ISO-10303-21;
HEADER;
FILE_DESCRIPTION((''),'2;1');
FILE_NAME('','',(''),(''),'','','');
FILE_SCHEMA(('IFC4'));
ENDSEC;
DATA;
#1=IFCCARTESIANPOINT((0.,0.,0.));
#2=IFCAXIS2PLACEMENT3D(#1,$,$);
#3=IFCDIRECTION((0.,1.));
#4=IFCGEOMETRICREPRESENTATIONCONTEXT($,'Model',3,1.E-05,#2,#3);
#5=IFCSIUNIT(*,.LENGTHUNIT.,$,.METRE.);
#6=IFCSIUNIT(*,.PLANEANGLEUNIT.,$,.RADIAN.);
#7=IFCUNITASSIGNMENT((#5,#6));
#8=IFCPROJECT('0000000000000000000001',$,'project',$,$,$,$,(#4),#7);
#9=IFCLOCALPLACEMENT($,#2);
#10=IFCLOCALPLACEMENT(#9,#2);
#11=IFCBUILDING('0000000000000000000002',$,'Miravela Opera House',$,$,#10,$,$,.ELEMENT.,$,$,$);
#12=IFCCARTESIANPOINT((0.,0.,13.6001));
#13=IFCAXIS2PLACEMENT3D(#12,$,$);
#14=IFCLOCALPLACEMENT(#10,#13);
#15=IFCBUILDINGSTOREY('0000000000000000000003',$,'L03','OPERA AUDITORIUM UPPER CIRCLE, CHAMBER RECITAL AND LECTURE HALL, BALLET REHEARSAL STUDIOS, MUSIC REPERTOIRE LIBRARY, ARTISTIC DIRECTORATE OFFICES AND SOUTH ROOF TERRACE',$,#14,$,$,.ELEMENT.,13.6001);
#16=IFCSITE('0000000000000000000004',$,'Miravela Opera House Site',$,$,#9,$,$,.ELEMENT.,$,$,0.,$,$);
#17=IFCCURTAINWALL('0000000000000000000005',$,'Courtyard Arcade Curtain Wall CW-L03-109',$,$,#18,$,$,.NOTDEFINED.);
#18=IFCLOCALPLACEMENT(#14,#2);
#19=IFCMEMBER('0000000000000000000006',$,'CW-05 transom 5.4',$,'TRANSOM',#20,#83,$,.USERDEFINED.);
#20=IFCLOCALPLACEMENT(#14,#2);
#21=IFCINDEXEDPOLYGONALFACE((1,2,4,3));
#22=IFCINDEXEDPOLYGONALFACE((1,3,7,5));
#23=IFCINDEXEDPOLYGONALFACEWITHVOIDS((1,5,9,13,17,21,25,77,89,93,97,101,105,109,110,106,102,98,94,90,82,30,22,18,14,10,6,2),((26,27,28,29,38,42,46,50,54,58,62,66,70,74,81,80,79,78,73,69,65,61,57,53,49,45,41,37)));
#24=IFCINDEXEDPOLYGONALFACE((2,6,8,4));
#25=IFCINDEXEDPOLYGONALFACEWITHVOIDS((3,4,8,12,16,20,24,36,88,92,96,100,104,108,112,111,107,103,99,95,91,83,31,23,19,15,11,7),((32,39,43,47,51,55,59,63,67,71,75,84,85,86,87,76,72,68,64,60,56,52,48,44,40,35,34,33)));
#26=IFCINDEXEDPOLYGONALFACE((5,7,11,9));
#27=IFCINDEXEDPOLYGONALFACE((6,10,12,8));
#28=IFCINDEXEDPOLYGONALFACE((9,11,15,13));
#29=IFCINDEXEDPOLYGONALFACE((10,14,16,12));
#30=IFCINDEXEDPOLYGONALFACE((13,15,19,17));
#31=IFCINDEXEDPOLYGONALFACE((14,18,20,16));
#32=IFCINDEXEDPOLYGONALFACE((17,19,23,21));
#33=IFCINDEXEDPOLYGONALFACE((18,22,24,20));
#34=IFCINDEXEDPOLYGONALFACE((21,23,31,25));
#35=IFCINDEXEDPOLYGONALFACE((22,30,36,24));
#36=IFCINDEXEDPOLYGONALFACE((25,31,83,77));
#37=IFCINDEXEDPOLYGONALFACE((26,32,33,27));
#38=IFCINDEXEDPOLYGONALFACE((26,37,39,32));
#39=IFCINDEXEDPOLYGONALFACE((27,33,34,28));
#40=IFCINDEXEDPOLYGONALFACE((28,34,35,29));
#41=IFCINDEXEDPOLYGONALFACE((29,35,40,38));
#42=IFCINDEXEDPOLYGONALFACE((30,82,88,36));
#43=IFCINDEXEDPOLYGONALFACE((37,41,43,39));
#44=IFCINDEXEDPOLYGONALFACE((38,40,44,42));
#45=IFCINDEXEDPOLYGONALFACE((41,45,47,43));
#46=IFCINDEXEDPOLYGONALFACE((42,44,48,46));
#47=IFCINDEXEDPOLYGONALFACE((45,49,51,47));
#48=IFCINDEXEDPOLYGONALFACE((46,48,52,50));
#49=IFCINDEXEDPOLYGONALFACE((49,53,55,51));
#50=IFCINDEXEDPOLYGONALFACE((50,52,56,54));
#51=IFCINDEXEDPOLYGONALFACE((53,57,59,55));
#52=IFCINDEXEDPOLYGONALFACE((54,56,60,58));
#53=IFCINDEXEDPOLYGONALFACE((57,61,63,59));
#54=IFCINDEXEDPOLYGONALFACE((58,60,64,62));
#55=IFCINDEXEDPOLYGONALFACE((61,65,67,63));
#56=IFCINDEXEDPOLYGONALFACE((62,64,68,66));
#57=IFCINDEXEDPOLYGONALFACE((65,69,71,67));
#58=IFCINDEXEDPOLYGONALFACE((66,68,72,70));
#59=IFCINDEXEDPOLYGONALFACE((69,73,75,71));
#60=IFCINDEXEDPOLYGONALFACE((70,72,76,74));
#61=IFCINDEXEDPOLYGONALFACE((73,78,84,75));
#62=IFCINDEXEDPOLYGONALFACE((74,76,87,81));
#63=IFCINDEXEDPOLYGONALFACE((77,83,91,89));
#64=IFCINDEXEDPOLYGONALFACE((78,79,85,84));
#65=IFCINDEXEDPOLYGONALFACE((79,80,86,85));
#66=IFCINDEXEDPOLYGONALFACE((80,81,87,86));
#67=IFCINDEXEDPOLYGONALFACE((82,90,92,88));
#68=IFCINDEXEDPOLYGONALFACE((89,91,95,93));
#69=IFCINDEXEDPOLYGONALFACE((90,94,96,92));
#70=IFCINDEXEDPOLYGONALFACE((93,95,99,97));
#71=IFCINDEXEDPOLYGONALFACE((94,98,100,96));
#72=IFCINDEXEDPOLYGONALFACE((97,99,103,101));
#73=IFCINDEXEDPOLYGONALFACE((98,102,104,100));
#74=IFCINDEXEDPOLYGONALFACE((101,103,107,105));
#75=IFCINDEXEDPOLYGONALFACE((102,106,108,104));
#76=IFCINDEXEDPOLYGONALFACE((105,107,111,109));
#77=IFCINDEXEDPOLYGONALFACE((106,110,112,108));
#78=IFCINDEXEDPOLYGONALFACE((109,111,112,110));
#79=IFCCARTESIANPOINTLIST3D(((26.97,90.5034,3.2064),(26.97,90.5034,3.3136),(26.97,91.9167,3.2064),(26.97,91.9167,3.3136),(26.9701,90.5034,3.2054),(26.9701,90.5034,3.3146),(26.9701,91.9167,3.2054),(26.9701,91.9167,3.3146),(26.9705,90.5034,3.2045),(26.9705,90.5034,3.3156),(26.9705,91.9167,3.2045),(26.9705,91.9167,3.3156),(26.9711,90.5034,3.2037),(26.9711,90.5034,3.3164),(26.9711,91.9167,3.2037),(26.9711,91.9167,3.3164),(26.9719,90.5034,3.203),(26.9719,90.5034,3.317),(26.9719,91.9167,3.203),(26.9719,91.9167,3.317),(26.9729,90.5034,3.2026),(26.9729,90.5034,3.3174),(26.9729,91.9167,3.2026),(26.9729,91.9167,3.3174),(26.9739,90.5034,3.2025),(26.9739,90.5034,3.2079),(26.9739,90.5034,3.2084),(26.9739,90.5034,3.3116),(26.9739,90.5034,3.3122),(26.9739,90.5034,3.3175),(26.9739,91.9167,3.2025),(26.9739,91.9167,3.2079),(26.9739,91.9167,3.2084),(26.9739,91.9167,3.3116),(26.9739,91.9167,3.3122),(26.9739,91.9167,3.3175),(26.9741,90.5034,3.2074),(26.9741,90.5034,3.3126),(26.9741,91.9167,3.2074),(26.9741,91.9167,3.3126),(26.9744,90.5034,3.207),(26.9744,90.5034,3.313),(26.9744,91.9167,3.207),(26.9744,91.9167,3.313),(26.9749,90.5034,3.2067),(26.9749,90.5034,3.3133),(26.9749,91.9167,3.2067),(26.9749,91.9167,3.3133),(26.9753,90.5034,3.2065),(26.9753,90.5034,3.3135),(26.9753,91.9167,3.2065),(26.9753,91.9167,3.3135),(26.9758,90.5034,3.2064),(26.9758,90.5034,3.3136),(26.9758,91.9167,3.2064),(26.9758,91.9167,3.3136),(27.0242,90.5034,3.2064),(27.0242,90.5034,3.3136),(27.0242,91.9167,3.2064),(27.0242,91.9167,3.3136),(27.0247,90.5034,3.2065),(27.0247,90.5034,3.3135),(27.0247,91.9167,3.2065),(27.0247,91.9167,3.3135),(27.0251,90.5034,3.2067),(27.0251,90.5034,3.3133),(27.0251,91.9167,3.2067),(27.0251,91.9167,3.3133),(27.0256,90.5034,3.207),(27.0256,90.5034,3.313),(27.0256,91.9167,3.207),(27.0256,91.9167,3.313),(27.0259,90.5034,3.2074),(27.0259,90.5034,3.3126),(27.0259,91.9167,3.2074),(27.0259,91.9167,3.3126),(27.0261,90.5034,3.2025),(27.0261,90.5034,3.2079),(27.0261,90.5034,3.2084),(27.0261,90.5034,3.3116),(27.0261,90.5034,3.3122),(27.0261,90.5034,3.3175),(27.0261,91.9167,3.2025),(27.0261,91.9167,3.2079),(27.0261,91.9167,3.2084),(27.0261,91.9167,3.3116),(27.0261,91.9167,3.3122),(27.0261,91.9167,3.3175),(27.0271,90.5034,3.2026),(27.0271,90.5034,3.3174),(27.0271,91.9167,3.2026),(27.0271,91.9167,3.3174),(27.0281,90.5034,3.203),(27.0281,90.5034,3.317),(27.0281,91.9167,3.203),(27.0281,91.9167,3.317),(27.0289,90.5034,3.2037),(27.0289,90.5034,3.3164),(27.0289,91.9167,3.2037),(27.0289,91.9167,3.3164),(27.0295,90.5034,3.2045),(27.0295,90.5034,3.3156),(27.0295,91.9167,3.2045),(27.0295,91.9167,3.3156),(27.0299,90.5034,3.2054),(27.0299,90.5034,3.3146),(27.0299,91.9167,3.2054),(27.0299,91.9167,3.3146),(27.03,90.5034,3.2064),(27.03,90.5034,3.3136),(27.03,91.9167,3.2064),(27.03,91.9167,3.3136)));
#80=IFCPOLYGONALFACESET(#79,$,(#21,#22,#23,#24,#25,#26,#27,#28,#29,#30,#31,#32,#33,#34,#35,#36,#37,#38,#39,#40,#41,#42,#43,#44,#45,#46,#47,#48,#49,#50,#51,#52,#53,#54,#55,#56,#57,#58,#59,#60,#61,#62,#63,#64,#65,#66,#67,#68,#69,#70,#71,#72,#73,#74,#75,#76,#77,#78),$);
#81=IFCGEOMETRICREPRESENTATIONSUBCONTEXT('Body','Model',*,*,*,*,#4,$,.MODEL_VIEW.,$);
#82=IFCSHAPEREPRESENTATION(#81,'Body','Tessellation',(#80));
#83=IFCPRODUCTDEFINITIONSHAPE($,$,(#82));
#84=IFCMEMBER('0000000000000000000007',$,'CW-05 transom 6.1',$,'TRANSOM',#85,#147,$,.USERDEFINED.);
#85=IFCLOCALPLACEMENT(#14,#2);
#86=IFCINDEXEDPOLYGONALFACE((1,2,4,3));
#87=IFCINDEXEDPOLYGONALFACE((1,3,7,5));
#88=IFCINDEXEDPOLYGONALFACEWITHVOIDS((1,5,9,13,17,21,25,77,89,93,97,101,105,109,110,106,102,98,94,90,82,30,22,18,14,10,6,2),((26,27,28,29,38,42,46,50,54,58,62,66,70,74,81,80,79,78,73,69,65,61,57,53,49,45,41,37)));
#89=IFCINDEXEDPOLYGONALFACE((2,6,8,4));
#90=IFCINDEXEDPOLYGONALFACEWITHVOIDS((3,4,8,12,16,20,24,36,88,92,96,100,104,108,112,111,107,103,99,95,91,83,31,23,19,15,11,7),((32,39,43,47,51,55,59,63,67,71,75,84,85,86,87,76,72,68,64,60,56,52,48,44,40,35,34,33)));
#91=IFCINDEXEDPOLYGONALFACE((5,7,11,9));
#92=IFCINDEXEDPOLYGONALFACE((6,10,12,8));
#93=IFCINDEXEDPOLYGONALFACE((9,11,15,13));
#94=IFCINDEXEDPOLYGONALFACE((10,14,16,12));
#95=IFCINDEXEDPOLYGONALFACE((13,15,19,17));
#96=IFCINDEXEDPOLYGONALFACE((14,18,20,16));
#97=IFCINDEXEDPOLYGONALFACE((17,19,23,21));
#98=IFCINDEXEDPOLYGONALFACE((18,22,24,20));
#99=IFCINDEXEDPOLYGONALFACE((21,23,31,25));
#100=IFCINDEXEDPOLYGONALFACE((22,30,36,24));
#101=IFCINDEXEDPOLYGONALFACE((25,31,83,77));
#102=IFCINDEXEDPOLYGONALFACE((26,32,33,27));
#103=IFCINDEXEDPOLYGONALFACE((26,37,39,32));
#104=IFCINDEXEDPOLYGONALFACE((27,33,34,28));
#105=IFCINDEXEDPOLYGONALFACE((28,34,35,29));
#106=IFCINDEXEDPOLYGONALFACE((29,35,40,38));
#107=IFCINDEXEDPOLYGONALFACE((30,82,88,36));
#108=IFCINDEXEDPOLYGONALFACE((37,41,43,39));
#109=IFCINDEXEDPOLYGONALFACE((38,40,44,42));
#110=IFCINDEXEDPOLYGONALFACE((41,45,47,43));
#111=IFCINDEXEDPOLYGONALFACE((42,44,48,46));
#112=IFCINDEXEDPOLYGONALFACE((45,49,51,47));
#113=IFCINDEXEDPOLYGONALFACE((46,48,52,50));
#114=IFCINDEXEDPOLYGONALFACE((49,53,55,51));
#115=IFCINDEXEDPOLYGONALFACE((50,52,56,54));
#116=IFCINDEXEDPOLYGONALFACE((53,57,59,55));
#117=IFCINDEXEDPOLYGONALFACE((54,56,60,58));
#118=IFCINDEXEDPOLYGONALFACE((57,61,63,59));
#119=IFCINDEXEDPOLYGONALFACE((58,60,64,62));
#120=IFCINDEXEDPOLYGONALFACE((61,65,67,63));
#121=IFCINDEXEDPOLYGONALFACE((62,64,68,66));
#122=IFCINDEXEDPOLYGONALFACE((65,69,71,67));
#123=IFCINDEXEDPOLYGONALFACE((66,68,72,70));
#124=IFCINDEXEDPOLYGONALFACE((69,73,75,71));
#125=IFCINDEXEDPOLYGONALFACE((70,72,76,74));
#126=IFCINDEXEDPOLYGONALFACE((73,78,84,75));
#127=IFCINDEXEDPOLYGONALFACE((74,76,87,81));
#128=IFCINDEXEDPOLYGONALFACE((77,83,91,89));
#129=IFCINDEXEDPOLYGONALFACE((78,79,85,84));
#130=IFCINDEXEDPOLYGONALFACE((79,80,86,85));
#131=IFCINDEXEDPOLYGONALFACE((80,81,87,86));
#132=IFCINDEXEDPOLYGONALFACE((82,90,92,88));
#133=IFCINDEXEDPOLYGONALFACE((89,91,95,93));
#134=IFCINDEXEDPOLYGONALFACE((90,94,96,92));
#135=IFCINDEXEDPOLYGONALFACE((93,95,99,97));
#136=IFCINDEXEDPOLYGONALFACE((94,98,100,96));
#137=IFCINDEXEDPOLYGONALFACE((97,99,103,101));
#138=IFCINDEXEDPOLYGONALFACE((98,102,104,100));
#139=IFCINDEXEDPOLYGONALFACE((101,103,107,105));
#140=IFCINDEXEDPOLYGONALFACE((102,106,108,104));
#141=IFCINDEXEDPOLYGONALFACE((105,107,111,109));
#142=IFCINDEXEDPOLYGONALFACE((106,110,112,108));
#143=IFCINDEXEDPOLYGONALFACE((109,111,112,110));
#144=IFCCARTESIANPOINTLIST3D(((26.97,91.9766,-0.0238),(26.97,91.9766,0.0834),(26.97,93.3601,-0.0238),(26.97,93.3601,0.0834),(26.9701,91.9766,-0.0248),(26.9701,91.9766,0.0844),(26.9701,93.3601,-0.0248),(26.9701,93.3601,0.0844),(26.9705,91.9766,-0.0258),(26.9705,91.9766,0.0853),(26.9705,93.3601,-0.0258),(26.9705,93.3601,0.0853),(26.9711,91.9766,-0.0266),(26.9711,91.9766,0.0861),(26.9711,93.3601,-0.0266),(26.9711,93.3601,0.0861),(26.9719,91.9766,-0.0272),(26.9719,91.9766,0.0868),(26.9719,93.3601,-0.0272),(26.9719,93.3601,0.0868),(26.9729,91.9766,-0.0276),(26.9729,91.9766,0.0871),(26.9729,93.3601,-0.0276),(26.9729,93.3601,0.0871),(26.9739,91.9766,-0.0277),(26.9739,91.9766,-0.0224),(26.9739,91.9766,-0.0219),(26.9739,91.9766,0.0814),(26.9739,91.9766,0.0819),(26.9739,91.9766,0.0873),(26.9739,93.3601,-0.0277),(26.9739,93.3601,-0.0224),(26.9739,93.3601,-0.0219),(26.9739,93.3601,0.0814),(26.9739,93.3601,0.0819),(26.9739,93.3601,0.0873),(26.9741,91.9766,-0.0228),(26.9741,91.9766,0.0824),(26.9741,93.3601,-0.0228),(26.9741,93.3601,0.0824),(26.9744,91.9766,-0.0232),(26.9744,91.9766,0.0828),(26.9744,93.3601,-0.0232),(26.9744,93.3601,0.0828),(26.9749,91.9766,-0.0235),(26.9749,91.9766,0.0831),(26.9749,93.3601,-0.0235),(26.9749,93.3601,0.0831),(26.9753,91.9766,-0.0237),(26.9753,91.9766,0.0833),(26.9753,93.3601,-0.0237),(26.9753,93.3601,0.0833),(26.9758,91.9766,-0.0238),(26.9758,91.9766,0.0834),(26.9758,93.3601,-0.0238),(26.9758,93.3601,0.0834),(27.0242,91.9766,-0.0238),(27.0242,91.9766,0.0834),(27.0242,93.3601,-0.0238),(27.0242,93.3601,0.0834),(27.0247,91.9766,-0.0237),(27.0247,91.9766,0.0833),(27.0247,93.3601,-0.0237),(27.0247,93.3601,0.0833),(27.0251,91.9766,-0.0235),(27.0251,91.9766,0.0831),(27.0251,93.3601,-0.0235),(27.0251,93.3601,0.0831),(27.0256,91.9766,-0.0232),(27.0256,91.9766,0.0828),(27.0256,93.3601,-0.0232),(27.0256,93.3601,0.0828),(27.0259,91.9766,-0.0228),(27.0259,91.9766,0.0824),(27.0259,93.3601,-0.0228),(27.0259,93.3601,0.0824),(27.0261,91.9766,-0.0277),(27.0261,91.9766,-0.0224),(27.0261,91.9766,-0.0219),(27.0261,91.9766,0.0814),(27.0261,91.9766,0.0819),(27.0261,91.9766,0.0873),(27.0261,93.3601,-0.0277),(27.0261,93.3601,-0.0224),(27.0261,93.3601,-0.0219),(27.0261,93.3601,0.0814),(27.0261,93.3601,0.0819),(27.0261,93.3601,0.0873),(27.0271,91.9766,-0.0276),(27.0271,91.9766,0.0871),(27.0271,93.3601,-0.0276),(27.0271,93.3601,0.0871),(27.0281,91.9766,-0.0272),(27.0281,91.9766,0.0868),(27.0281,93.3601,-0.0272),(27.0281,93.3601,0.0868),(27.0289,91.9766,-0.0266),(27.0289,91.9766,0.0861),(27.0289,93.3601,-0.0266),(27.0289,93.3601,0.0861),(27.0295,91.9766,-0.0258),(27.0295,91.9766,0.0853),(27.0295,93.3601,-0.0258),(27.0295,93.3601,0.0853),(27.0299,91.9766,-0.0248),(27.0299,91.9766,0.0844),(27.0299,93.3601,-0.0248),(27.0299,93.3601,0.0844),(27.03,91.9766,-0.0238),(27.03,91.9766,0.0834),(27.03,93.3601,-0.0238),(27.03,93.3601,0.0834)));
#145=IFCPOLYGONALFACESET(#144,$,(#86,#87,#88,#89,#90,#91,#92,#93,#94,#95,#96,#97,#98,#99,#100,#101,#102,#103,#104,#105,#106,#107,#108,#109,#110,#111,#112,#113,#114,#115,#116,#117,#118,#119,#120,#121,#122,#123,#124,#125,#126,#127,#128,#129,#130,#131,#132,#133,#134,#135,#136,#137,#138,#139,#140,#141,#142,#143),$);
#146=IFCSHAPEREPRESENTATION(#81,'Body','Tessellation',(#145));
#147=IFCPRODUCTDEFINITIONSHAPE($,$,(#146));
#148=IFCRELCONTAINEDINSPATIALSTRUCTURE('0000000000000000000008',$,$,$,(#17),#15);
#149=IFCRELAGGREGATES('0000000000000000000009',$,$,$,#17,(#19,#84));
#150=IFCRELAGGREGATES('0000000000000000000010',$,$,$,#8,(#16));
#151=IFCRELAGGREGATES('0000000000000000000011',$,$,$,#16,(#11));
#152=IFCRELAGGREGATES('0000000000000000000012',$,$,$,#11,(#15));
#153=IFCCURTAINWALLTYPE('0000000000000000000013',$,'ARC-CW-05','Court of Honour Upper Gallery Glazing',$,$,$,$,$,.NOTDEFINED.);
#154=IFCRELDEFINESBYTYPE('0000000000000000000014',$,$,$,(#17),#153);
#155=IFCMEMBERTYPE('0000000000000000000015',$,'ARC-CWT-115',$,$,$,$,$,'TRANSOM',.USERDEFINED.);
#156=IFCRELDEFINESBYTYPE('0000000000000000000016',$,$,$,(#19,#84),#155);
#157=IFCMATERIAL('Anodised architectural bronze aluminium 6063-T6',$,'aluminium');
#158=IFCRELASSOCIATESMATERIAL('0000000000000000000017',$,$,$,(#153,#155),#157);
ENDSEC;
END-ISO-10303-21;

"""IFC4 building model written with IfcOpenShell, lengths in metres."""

from ifc_helpers import new_model, si_unit, direction, frame, origin, origin_2d, place, context, subcontext, project, spatial, hollow_rectangle, extrude, material, material_profile, profile_set, type_object, element, aggregate, save


model = new_model("IFC4")

# Units and contexts
model_context = context("Model", 3, precision=1e-05, world=origin(), true_north=direction((0.0, 1.0)))
body_context = subcontext(model_context, "Body", "Model", "MODEL_VIEW")
ifc_project = project(units=[si_unit("LENGTHUNIT", "METRE"), si_unit("PLANEANGLEUNIT", "RADIAN")], contexts=[model_context])

# Site, building, storey
site_placement = place(None, origin())
site = spatial("IfcSite", under=ifc_project, at=site_placement, Name="Miravela Opera House Site", CompositionType="ELEMENT", RefElevation=0.0)
building_placement = place(site_placement, origin())
building = spatial("IfcBuilding", under=site, at=building_placement, Name="Miravela Opera House", CompositionType="ELEMENT")
storey_placement = place(building_placement, frame((0.0, 0.0, 13.6001)))
storey = spatial("IfcBuildingStorey", under=building, at=storey_placement, Name="L03", Description="OPERA AUDITORIUM UPPER CIRCLE, CHAMBER RECITAL AND LECTURE HALL, BALLET REHEARSAL STUDIOS, MUSIC REPERTOIRE LIBRARY, ARTISTIC DIRECTORATE OFFICES AND SOUTH ROOF TERRACE", CompositionType="ELEMENT", Elevation=13.6001)

# Curtain wall
ifc_material_1 = material(Name="Anodised architectural bronze aluminium 6063-T6", Category="aluminium")
curtain_wall_type = type_object("IfcCurtainWallType", Name="ARC-CW-05", Description="Court of Honour Upper Gallery Glazing", PredefinedType="NOTDEFINED", material=ifc_material_1)
curtain_wall_1_placement = place(storey_placement, origin())
curtain_wall_1 = element("IfcCurtainWall", 1, at=curtain_wall_1_placement, inside=storey, type_object=curtain_wall_type, Name="Courtyard Arcade Curtain Wall CW-L03-109", PredefinedType="NOTDEFINED")

# Members
ifc_material_profile_1 = material_profile(ifc_material_1, hollow_rectangle(XDim=0.0601, YDim=0.115, WallThickness=0.0039, InnerFilletRadius=0.002, OuterFilletRadius=0.0039, at=origin_2d()), Name="CWT-60X115")
ifc_profile_set_1 = profile_set([ifc_material_profile_1])
member_type_1 = type_object("IfcMemberType", Name="ARC-CWT-115", ElementType="TRANSOM", PredefinedType="USERDEFINED", material=ifc_profile_set_1)
member_1_placement = place(storey_placement, frame((27.0, 90.5034, 3.26), z_axis=(0.0, 1.0, 0.0), x_axis=(-1.0, 0.0, 0.0)))
member_1 = element("IfcMember", 2, at=member_1_placement, type_object=member_type_1, Name="CW-05 transom 5.4", ObjectType="TRANSOM", PredefinedType="USERDEFINED", context=body_context, shape_type="SweptSolid", body=[
    extrude(hollow_rectangle(XDim=0.0601, YDim=0.115, WallThickness=0.0039, InnerFilletRadius=0.002, OuterFilletRadius=0.0039, at=origin_2d()), origin(), (0.0, 0.0, 1.0), 1.4133),
])
member_2_placement = place(storey_placement, frame((27.0, 91.9766, 0.0298), z_axis=(0.0, 1.0, 0.0), x_axis=(-1.0, 0.0, 0.0)))
member_2 = element("IfcMember", 3, at=member_2_placement, type_object=member_type_1, Name="CW-05 transom 6.1", ObjectType="TRANSOM", PredefinedType="USERDEFINED", context=body_context, shape_type="SweptSolid", body=[
    extrude(hollow_rectangle(XDim=0.0601, YDim=0.115, WallThickness=0.0039, InnerFilletRadius=0.002, OuterFilletRadius=0.0039, at=origin_2d()), origin(), (0.0, 0.0, 1.0), 1.3835),
])

aggregate(curtain_wall_1, [member_1, member_2])

save(model, "model.ifc")
